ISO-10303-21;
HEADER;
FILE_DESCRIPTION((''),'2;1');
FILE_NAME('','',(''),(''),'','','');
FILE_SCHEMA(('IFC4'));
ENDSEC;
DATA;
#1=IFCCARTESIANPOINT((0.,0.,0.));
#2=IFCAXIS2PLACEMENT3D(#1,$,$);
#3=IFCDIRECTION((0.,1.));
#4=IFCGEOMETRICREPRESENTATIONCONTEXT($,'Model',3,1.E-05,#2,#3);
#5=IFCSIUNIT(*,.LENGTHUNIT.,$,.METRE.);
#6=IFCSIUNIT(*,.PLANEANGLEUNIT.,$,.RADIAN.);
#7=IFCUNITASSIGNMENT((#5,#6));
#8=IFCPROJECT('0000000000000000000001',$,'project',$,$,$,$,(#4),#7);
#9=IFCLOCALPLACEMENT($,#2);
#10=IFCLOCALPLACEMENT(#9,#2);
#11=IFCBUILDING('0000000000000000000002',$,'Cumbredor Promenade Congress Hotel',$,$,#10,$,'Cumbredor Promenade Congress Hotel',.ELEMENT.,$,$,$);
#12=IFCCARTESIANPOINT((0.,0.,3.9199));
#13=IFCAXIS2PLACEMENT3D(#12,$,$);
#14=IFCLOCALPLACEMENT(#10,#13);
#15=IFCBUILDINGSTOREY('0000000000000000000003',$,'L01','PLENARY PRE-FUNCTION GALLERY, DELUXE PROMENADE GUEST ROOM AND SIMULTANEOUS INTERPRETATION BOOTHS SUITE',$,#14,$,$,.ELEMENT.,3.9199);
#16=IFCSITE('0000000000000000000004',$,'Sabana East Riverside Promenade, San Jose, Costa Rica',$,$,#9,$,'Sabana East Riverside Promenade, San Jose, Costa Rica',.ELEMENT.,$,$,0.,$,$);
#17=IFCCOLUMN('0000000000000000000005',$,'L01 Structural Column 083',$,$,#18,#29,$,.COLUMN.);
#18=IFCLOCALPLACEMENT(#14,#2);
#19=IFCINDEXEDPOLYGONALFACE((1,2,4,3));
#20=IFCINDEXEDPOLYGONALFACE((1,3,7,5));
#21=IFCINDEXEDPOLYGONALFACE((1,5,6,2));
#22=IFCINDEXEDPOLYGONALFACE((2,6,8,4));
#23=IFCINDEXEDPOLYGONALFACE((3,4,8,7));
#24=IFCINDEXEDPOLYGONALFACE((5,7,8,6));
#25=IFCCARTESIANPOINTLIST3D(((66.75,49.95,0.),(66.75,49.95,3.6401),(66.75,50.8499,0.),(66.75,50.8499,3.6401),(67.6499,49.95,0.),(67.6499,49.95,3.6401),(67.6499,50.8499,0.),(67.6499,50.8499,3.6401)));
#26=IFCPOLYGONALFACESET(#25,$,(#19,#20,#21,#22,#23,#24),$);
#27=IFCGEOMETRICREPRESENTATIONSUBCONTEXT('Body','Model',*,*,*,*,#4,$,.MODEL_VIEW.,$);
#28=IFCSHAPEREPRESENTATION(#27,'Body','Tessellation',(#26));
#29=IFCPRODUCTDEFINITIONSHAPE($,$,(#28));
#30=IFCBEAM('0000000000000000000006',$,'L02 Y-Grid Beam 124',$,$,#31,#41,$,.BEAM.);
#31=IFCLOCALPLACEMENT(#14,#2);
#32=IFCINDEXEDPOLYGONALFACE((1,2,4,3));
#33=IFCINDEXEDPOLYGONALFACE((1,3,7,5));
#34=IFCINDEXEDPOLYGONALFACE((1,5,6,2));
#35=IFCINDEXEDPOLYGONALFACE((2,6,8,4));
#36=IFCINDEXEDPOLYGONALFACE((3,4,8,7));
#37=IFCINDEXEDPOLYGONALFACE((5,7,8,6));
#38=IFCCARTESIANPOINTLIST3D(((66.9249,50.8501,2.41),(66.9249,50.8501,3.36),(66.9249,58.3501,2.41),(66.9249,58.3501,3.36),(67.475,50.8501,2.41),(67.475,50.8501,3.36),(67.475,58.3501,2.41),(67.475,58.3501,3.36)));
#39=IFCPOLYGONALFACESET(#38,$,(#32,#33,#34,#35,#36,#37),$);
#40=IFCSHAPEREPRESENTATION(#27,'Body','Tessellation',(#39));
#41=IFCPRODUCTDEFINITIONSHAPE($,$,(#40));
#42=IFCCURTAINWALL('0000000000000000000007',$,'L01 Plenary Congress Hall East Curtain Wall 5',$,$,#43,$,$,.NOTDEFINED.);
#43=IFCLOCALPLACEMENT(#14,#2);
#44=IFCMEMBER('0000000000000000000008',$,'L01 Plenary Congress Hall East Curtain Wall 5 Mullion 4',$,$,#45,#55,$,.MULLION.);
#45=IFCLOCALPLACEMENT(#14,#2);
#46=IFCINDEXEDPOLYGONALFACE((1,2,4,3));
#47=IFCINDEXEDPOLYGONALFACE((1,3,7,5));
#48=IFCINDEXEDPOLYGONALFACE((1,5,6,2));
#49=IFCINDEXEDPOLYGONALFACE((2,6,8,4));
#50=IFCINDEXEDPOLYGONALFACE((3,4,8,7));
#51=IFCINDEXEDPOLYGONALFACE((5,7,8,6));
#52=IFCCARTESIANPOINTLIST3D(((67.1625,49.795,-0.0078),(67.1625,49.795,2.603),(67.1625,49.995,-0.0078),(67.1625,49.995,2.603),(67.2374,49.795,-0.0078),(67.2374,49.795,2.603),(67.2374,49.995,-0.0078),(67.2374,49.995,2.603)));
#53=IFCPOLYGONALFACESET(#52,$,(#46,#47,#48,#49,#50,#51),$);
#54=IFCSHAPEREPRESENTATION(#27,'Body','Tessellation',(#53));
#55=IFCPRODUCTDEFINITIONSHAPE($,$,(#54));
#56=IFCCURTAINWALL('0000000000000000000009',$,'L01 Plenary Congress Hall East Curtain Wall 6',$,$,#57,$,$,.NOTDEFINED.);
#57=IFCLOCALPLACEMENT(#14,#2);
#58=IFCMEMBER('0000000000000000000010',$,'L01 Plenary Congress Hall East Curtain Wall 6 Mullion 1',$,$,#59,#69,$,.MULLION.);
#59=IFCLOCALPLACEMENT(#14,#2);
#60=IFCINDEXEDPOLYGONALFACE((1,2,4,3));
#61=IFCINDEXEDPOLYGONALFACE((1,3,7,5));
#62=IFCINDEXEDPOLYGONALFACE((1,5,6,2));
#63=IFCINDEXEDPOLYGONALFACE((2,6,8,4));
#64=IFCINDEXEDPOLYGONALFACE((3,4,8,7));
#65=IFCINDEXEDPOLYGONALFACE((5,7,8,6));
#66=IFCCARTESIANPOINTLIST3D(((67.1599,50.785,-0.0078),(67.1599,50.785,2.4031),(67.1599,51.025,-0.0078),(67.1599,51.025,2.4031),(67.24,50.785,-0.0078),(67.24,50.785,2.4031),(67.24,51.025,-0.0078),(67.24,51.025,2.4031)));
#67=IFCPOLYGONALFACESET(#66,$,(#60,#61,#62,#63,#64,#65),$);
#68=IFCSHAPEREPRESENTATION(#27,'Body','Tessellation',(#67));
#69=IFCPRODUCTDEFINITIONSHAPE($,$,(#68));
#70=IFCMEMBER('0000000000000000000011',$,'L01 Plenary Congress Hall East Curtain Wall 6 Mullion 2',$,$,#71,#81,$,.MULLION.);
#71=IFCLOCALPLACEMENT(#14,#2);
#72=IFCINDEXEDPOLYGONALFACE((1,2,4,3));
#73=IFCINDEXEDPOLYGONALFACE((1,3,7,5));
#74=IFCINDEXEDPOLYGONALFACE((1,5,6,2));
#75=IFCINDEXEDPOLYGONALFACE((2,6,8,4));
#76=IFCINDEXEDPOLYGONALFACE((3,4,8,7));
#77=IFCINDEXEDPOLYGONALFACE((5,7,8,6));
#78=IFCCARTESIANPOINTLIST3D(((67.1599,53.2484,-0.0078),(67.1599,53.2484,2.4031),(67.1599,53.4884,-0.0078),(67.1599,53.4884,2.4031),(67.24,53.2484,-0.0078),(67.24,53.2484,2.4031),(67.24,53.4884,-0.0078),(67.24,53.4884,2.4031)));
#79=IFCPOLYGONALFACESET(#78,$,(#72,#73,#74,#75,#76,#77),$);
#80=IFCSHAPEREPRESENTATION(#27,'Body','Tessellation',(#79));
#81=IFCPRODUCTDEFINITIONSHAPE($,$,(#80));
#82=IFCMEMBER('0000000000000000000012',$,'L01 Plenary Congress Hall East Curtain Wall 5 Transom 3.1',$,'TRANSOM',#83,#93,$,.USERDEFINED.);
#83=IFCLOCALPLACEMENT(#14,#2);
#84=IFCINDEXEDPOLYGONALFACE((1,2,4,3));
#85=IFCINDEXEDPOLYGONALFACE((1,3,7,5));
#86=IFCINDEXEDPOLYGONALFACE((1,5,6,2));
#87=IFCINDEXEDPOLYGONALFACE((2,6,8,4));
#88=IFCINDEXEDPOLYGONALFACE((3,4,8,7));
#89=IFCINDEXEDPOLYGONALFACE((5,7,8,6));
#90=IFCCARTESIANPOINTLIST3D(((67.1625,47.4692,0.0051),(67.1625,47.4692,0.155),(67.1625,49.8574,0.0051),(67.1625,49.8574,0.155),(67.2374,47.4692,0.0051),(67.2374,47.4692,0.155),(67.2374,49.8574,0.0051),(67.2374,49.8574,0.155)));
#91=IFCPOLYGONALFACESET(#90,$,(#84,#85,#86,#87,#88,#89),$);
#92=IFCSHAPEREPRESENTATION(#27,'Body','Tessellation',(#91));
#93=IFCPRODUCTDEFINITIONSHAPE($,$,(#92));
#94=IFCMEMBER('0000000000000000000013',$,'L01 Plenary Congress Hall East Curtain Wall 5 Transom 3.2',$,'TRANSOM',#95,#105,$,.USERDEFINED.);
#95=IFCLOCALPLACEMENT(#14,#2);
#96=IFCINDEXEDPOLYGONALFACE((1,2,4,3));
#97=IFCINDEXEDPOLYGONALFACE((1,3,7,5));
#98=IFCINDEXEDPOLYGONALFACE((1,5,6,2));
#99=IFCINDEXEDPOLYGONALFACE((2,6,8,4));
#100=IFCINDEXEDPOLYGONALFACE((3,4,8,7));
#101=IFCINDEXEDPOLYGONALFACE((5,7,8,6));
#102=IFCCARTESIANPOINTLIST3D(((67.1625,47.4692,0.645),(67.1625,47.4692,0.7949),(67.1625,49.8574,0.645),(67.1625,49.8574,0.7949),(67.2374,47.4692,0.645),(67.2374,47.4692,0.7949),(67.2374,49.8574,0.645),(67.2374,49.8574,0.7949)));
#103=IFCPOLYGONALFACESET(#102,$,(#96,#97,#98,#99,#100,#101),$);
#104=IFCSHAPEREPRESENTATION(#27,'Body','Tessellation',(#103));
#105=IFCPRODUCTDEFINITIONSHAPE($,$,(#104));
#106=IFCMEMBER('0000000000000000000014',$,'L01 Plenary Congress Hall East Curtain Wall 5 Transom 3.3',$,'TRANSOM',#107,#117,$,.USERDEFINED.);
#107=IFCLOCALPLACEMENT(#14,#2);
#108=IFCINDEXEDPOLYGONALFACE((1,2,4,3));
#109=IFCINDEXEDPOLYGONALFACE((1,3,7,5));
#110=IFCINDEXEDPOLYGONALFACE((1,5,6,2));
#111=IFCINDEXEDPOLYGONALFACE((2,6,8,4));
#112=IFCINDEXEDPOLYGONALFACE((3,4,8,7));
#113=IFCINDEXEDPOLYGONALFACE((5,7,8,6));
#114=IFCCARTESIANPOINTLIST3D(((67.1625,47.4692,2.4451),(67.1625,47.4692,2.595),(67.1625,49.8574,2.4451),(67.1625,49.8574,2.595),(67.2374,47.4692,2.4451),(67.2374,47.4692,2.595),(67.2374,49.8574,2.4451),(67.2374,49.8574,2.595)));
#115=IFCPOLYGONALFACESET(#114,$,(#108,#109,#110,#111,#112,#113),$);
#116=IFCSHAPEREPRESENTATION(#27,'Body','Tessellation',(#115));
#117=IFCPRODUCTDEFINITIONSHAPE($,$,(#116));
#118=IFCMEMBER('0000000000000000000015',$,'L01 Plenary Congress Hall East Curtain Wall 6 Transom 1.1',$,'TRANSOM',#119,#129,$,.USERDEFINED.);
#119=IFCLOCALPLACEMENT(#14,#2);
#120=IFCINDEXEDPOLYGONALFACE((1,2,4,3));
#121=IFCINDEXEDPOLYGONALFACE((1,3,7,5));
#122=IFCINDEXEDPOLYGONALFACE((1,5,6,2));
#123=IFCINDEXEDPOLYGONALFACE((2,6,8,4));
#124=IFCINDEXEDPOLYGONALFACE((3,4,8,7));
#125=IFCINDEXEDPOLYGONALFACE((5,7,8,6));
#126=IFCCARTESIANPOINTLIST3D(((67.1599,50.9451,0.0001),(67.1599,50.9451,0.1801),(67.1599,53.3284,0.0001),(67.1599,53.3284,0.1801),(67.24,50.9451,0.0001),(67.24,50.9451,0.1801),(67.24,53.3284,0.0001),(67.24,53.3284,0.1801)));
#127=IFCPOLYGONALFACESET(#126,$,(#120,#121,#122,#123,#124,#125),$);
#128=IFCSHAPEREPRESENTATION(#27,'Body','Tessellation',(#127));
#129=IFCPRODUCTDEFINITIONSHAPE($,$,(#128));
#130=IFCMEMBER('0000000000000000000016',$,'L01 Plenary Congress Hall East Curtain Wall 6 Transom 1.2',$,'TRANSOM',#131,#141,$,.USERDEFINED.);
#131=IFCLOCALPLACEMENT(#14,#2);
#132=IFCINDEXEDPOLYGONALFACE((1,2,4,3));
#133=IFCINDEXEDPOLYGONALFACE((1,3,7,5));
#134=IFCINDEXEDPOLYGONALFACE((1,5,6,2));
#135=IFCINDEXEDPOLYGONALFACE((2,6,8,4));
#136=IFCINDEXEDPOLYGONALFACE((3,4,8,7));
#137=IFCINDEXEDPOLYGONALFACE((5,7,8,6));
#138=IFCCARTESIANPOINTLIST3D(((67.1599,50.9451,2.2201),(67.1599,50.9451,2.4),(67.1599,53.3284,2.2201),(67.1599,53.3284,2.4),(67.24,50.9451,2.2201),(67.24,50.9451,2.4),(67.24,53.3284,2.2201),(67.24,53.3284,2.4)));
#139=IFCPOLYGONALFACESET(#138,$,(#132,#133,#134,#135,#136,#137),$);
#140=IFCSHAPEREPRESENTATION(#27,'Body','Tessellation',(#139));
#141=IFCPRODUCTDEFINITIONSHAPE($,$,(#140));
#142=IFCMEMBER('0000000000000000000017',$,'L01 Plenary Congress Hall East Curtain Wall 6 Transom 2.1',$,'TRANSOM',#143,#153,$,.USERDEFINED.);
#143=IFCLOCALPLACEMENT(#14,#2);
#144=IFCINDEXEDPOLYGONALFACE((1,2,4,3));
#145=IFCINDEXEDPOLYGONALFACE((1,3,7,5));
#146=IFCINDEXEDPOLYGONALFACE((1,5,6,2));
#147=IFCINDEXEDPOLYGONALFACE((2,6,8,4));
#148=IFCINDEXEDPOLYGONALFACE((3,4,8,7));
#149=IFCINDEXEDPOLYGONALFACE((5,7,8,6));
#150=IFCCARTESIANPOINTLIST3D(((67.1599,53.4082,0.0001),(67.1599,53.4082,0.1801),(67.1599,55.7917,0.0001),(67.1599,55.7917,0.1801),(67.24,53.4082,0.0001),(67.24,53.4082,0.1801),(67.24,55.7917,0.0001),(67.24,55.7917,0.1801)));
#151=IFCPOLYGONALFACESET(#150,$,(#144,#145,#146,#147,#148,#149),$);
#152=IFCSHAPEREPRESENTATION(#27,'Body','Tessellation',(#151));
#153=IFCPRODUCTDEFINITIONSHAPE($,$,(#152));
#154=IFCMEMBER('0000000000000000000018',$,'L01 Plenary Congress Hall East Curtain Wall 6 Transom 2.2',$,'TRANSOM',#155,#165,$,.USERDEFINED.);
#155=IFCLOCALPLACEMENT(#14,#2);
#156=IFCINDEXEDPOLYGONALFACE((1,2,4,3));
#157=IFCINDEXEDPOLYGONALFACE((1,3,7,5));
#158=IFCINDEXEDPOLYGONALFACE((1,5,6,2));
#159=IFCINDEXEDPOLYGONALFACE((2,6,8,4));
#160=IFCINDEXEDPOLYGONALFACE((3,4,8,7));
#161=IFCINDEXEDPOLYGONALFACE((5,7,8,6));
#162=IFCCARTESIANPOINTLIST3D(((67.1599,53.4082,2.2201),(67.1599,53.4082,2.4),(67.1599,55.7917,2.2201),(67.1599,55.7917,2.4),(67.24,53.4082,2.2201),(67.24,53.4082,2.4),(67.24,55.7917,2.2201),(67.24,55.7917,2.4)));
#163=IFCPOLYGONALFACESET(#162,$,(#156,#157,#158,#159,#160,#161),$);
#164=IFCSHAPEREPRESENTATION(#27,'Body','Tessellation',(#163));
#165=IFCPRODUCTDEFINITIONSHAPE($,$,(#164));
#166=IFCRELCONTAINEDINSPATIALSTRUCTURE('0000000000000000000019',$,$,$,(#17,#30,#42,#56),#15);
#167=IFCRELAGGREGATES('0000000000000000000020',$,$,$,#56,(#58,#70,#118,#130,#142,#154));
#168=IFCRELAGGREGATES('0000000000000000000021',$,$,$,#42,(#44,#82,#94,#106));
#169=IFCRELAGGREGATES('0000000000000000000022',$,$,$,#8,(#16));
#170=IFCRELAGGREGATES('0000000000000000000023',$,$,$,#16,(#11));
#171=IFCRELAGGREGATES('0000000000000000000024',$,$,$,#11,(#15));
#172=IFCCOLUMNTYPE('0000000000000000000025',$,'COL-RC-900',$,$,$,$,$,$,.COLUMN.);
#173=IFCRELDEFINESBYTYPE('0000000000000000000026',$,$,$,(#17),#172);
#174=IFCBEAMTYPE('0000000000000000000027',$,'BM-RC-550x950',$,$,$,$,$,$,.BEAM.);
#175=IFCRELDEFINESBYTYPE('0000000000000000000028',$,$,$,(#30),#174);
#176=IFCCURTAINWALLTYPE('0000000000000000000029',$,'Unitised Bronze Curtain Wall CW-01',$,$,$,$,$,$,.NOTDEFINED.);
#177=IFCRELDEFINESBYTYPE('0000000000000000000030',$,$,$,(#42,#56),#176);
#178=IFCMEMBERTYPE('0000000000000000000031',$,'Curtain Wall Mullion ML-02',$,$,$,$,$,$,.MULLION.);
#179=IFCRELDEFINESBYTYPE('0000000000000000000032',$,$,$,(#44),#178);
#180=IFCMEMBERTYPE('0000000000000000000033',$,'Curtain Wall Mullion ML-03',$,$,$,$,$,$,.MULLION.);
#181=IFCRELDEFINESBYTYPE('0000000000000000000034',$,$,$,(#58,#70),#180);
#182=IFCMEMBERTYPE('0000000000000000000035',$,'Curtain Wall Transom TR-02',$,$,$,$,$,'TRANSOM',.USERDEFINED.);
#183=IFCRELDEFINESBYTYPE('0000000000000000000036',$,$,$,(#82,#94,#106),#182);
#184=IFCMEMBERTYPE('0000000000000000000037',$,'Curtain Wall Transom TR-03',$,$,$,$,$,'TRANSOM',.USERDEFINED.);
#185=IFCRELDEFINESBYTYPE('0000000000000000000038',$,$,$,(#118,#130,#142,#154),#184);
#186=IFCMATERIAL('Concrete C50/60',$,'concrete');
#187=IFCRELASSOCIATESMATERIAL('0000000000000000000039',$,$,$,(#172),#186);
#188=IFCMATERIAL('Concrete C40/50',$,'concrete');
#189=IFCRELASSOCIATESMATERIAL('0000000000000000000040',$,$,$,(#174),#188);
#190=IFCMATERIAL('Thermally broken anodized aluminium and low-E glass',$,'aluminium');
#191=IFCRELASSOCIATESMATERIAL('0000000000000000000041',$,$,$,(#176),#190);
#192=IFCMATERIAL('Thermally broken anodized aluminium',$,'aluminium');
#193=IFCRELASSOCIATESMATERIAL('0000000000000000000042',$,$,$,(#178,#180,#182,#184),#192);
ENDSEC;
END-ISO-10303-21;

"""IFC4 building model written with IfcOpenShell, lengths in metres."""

from ifc_helpers import new_model, si_unit, direction, frame, origin, origin_2d, place, context, subcontext, project, spatial, rectangle, extrude, material, material_profile, profile_set, type_object, element, aggregate, save


model = new_model("IFC4")

# Units and contexts
model_context = context("Model", 3, precision=1e-05, world=origin(), true_north=direction((0.0, 1.0)))
body_context = subcontext(model_context, "Body", "Model", "MODEL_VIEW")
ifc_project = project(units=[si_unit("LENGTHUNIT", "METRE"), si_unit("PLANEANGLEUNIT", "RADIAN")], contexts=[model_context])

# Site, building, storey
site_placement = place(None, origin())
site = spatial("IfcSite", under=ifc_project, at=site_placement, Name="Sabana East Riverside Promenade, San Jose, Costa Rica", LongName="Sabana East Riverside Promenade, San Jose, Costa Rica", CompositionType="ELEMENT", RefElevation=0.0)
building_placement = place(site_placement, origin())
building = spatial("IfcBuilding", under=site, at=building_placement, Name="Cumbredor Promenade Congress Hotel", LongName="Cumbredor Promenade Congress Hotel", CompositionType="ELEMENT")
storey_placement = place(building_placement, frame((0.0, 0.0, 3.9199)))
storey = spatial("IfcBuildingStorey", under=building, at=storey_placement, Name="L01", Description="PLENARY PRE-FUNCTION GALLERY, DELUXE PROMENADE GUEST ROOM AND SIMULTANEOUS INTERPRETATION BOOTHS SUITE", CompositionType="ELEMENT", Elevation=3.9199)

# Column
ifc_material_1 = material(Name="Concrete C50/60", Category="concrete")
ifc_material_profile_1 = material_profile(ifc_material_1, rectangle(XDim=0.8999, YDim=0.8999, at=origin_2d()), Name="RC 900x900")
ifc_profile_set_1 = profile_set([ifc_material_profile_1], Name="Concrete C50/60")
column_type = type_object("IfcColumnType", Name="COL-RC-900", PredefinedType="COLUMN", material=ifc_profile_set_1)
column_placement = place(storey_placement, frame((67.2, 50.3999, 0.0), z_axis=(0.0, 0.0, 1.0), x_axis=(1.0, 0.0, 0.0)))
element("IfcColumn", 1, at=column_placement, inside=storey, type_object=column_type, Name="L01 Structural Column 083", PredefinedType="COLUMN", context=body_context, shape_type="SweptSolid", body=[
    extrude(rectangle(XDim=0.8999, YDim=0.8999, at=origin_2d()), origin(), (0.0, 0.0, 1.0), 3.6401),
])

# Beam
ifc_material_2 = material(Name="Concrete C40/50", Category="concrete")
ifc_material_profile_2 = material_profile(ifc_material_2, rectangle(XDim=0.55, YDim=0.95, at=origin_2d()), Name="RC BEAM 550x950")
ifc_profile_set_2 = profile_set([ifc_material_profile_2], Name="Concrete C40/50")
beam_type_1 = type_object("IfcBeamType", Name="BM-RC-550x950", PredefinedType="BEAM", material=ifc_profile_set_2)
beam_placement = place(storey_placement, frame((67.2, 50.8501, 2.885), z_axis=(0.0, 1.0, 0.0), x_axis=(-1.0, 0.0, 0.0)))
element("IfcBeam", 2, at=beam_placement, inside=storey, type_object=beam_type_1, Name="L02 Y-Grid Beam 124", PredefinedType="BEAM", context=body_context, shape_type="SweptSolid", body=[
    extrude(rectangle(XDim=0.55, YDim=0.95, at=origin_2d()), origin(), (0.0, 0.0, 1.0), 7.5),
])

# Curtain wall, member
ifc_material_3 = material(Name="Thermally broken anodized aluminium and low-E glass", Category="aluminium")
curtain_wall_type = type_object("IfcCurtainWallType", Name="Unitised Bronze Curtain Wall CW-01", PredefinedType="NOTDEFINED", material=ifc_material_3)
curtain_wall_1_placement = place(storey_placement, origin())
curtain_wall_1 = element("IfcCurtainWall", 3, at=curtain_wall_1_placement, inside=storey, type_object=curtain_wall_type, Name="L01 Plenary Congress Hall East Curtain Wall 5", PredefinedType="NOTDEFINED")
ifc_material_4 = material(Name="Thermally broken anodized aluminium", Category="aluminium")
ifc_material_profile_3 = material_profile(ifc_material_4, rectangle(XDim=0.075, YDim=0.2, at=origin_2d()), Name="ALU MULLION 75x200")
ifc_profile_set_3 = profile_set([ifc_material_profile_3], Name="Thermally broken anodized aluminium")
member_type_1 = type_object("IfcMemberType", Name="Curtain Wall Mullion ML-02", PredefinedType="MULLION", material=ifc_profile_set_3)
member_1_placement = place(storey_placement, frame((67.2, 49.895, -0.0078), z_axis=(0.0, 0.0, 1.0), x_axis=(1.0, 0.0, 0.0)))
member_1 = element("IfcMember", 4, at=member_1_placement, type_object=member_type_1, Name="L01 Plenary Congress Hall East Curtain Wall 5 Mullion 4", PredefinedType="MULLION", context=body_context, shape_type="SweptSolid", body=[
    extrude(rectangle(XDim=0.075, YDim=0.2, at=origin_2d()), origin(), (0.0, 0.0, 1.0), 2.6108),
])

# Curtain wall, members
curtain_wall_2_placement = place(storey_placement, origin())
curtain_wall_2 = element("IfcCurtainWall", 5, at=curtain_wall_2_placement, inside=storey, type_object=curtain_wall_type, Name="L01 Plenary Congress Hall East Curtain Wall 6", PredefinedType="NOTDEFINED")
ifc_material_profile_4 = material_profile(ifc_material_4, rectangle(XDim=0.0801, YDim=0.24, at=origin_2d()), Name="ALU MULLION 80x240")
ifc_profile_set_4 = profile_set([ifc_material_profile_4], Name="Thermally broken anodized aluminium")
member_type_2 = type_object("IfcMemberType", Name="Curtain Wall Mullion ML-03", PredefinedType="MULLION", material=ifc_profile_set_4)
member_2_placement = place(storey_placement, frame((67.2, 50.905, -0.0078), z_axis=(0.0, 0.0, 1.0), x_axis=(1.0, 0.0, 0.0)))
member_2 = element("IfcMember", 6, at=member_2_placement, type_object=member_type_2, Name="L01 Plenary Congress Hall East Curtain Wall 6 Mullion 1", PredefinedType="MULLION", context=body_context, shape_type="SweptSolid", body=[
    extrude(rectangle(XDim=0.0801, YDim=0.24, at=origin_2d()), origin(), (0.0, 0.0, 1.0), 2.4109),
])
member_3_placement = place(storey_placement, frame((67.2, 53.3684, -0.0078), z_axis=(0.0, 0.0, 1.0), x_axis=(1.0, 0.0, 0.0)))
member_3 = element("IfcMember", 7, at=member_3_placement, type_object=member_type_2, Name="L01 Plenary Congress Hall East Curtain Wall 6 Mullion 2", PredefinedType="MULLION", context=body_context, shape_type="SweptSolid", body=[
    extrude(rectangle(XDim=0.0801, YDim=0.24, at=origin_2d()), origin(), (0.0, 0.0, 1.0), 2.4109),
])

# Members
ifc_material_profile_5 = material_profile(ifc_material_4, rectangle(XDim=0.075, YDim=0.1499, at=origin_2d()), Name="ALU TRANSOM 75x150")
ifc_profile_set_5 = profile_set([ifc_material_profile_5], Name="Thermally broken anodized aluminium")
member_type_3 = type_object("IfcMemberType", Name="Curtain Wall Transom TR-02", ElementType="TRANSOM", PredefinedType="USERDEFINED", material=ifc_profile_set_5)
member_4_placement = place(storey_placement, frame((67.2, 47.4692, 0.0801), z_axis=(0.0, 1.0, 0.0), x_axis=(-1.0, 0.0, 0.0)))
member_4 = element("IfcMember", 8, at=member_4_placement, type_object=member_type_3, Name="L01 Plenary Congress Hall East Curtain Wall 5 Transom 3.1", ObjectType="TRANSOM", PredefinedType="USERDEFINED", context=body_context, shape_type="SweptSolid", body=[
    extrude(rectangle(XDim=0.075, YDim=0.1499, at=origin_2d()), origin(), (0.0, 0.0, 1.0), 2.3882),
])
member_5_placement = place(storey_placement, frame((67.2, 47.4692, 0.72), z_axis=(0.0, 1.0, 0.0), x_axis=(-1.0, 0.0, 0.0)))
member_5 = element("IfcMember", 9, at=member_5_placement, type_object=member_type_3, Name="L01 Plenary Congress Hall East Curtain Wall 5 Transom 3.2", ObjectType="TRANSOM", PredefinedType="USERDEFINED", context=body_context, shape_type="SweptSolid", body=[
    extrude(rectangle(XDim=0.075, YDim=0.1499, at=origin_2d()), origin(), (0.0, 0.0, 1.0), 2.3882),
])
member_6_placement = place(storey_placement, frame((67.2, 47.4692, 2.52), z_axis=(0.0, 1.0, 0.0), x_axis=(-1.0, 0.0, 0.0)))
member_6 = element("IfcMember", 10, at=member_6_placement, type_object=member_type_3, Name="L01 Plenary Congress Hall East Curtain Wall 5 Transom 3.3", ObjectType="TRANSOM", PredefinedType="USERDEFINED", context=body_context, shape_type="SweptSolid", body=[
    extrude(rectangle(XDim=0.075, YDim=0.1499, at=origin_2d()), origin(), (0.0, 0.0, 1.0), 2.3882),
])
ifc_material_profile_6 = material_profile(ifc_material_4, rectangle(XDim=0.0801, YDim=0.1799, at=origin_2d()), Name="ALU TRANSOM 80x180")
ifc_profile_set_6 = profile_set([ifc_material_profile_6], Name="Thermally broken anodized aluminium")
member_type_4 = type_object("IfcMemberType", Name="Curtain Wall Transom TR-03", ElementType="TRANSOM", PredefinedType="USERDEFINED", material=ifc_profile_set_6)
member_7_placement = place(storey_placement, frame((67.2, 50.9451, 0.0901), z_axis=(0.0, 1.0, 0.0), x_axis=(-1.0, 0.0, 0.0)))
member_7 = element("IfcMember", 11, at=member_7_placement, type_object=member_type_4, Name="L01 Plenary Congress Hall East Curtain Wall 6 Transom 1.1", ObjectType="TRANSOM", PredefinedType="USERDEFINED", context=body_context, shape_type="SweptSolid", body=[
    extrude(rectangle(XDim=0.0801, YDim=0.1799, at=origin_2d()), origin(), (0.0, 0.0, 1.0), 2.3833),
])
member_8_placement = place(storey_placement, frame((67.2, 50.9451, 2.3101), z_axis=(0.0, 1.0, 0.0), x_axis=(-1.0, 0.0, 0.0)))
member_8 = element("IfcMember", 12, at=member_8_placement, type_object=member_type_4, Name="L01 Plenary Congress Hall East Curtain Wall 6 Transom 1.2", ObjectType="TRANSOM", PredefinedType="USERDEFINED", context=body_context, shape_type="SweptSolid", body=[
    extrude(rectangle(XDim=0.0801, YDim=0.1799, at=origin_2d()), origin(), (0.0, 0.0, 1.0), 2.3833),
])
member_9_placement = place(storey_placement, frame((67.2, 53.4082, 0.0901), z_axis=(0.0, 1.0, 0.0), x_axis=(-1.0, 0.0, 0.0)))
member_9 = element("IfcMember", 13, at=member_9_placement, type_object=member_type_4, Name="L01 Plenary Congress Hall East Curtain Wall 6 Transom 2.1", ObjectType="TRANSOM", PredefinedType="USERDEFINED", context=body_context, shape_type="SweptSolid", body=[
    extrude(rectangle(XDim=0.0801, YDim=0.1799, at=origin_2d()), origin(), (0.0, 0.0, 1.0), 2.3835),
])
member_10_placement = place(storey_placement, frame((67.2, 53.4082, 2.3101), z_axis=(0.0, 1.0, 0.0), x_axis=(-1.0, 0.0, 0.0)))
member_10 = element("IfcMember", 14, at=member_10_placement, type_object=member_type_4, Name="L01 Plenary Congress Hall East Curtain Wall 6 Transom 2.2", ObjectType="TRANSOM", PredefinedType="USERDEFINED", context=body_context, shape_type="SweptSolid", body=[
    extrude(rectangle(XDim=0.0801, YDim=0.1799, at=origin_2d()), origin(), (0.0, 0.0, 1.0), 2.3835),
])

aggregate(curtain_wall_2, [member_2, member_3, member_7, member_8, member_9, member_10])
aggregate(curtain_wall_1, [member_1, member_4, member_5, member_6])

save(model, "model.ifc")
